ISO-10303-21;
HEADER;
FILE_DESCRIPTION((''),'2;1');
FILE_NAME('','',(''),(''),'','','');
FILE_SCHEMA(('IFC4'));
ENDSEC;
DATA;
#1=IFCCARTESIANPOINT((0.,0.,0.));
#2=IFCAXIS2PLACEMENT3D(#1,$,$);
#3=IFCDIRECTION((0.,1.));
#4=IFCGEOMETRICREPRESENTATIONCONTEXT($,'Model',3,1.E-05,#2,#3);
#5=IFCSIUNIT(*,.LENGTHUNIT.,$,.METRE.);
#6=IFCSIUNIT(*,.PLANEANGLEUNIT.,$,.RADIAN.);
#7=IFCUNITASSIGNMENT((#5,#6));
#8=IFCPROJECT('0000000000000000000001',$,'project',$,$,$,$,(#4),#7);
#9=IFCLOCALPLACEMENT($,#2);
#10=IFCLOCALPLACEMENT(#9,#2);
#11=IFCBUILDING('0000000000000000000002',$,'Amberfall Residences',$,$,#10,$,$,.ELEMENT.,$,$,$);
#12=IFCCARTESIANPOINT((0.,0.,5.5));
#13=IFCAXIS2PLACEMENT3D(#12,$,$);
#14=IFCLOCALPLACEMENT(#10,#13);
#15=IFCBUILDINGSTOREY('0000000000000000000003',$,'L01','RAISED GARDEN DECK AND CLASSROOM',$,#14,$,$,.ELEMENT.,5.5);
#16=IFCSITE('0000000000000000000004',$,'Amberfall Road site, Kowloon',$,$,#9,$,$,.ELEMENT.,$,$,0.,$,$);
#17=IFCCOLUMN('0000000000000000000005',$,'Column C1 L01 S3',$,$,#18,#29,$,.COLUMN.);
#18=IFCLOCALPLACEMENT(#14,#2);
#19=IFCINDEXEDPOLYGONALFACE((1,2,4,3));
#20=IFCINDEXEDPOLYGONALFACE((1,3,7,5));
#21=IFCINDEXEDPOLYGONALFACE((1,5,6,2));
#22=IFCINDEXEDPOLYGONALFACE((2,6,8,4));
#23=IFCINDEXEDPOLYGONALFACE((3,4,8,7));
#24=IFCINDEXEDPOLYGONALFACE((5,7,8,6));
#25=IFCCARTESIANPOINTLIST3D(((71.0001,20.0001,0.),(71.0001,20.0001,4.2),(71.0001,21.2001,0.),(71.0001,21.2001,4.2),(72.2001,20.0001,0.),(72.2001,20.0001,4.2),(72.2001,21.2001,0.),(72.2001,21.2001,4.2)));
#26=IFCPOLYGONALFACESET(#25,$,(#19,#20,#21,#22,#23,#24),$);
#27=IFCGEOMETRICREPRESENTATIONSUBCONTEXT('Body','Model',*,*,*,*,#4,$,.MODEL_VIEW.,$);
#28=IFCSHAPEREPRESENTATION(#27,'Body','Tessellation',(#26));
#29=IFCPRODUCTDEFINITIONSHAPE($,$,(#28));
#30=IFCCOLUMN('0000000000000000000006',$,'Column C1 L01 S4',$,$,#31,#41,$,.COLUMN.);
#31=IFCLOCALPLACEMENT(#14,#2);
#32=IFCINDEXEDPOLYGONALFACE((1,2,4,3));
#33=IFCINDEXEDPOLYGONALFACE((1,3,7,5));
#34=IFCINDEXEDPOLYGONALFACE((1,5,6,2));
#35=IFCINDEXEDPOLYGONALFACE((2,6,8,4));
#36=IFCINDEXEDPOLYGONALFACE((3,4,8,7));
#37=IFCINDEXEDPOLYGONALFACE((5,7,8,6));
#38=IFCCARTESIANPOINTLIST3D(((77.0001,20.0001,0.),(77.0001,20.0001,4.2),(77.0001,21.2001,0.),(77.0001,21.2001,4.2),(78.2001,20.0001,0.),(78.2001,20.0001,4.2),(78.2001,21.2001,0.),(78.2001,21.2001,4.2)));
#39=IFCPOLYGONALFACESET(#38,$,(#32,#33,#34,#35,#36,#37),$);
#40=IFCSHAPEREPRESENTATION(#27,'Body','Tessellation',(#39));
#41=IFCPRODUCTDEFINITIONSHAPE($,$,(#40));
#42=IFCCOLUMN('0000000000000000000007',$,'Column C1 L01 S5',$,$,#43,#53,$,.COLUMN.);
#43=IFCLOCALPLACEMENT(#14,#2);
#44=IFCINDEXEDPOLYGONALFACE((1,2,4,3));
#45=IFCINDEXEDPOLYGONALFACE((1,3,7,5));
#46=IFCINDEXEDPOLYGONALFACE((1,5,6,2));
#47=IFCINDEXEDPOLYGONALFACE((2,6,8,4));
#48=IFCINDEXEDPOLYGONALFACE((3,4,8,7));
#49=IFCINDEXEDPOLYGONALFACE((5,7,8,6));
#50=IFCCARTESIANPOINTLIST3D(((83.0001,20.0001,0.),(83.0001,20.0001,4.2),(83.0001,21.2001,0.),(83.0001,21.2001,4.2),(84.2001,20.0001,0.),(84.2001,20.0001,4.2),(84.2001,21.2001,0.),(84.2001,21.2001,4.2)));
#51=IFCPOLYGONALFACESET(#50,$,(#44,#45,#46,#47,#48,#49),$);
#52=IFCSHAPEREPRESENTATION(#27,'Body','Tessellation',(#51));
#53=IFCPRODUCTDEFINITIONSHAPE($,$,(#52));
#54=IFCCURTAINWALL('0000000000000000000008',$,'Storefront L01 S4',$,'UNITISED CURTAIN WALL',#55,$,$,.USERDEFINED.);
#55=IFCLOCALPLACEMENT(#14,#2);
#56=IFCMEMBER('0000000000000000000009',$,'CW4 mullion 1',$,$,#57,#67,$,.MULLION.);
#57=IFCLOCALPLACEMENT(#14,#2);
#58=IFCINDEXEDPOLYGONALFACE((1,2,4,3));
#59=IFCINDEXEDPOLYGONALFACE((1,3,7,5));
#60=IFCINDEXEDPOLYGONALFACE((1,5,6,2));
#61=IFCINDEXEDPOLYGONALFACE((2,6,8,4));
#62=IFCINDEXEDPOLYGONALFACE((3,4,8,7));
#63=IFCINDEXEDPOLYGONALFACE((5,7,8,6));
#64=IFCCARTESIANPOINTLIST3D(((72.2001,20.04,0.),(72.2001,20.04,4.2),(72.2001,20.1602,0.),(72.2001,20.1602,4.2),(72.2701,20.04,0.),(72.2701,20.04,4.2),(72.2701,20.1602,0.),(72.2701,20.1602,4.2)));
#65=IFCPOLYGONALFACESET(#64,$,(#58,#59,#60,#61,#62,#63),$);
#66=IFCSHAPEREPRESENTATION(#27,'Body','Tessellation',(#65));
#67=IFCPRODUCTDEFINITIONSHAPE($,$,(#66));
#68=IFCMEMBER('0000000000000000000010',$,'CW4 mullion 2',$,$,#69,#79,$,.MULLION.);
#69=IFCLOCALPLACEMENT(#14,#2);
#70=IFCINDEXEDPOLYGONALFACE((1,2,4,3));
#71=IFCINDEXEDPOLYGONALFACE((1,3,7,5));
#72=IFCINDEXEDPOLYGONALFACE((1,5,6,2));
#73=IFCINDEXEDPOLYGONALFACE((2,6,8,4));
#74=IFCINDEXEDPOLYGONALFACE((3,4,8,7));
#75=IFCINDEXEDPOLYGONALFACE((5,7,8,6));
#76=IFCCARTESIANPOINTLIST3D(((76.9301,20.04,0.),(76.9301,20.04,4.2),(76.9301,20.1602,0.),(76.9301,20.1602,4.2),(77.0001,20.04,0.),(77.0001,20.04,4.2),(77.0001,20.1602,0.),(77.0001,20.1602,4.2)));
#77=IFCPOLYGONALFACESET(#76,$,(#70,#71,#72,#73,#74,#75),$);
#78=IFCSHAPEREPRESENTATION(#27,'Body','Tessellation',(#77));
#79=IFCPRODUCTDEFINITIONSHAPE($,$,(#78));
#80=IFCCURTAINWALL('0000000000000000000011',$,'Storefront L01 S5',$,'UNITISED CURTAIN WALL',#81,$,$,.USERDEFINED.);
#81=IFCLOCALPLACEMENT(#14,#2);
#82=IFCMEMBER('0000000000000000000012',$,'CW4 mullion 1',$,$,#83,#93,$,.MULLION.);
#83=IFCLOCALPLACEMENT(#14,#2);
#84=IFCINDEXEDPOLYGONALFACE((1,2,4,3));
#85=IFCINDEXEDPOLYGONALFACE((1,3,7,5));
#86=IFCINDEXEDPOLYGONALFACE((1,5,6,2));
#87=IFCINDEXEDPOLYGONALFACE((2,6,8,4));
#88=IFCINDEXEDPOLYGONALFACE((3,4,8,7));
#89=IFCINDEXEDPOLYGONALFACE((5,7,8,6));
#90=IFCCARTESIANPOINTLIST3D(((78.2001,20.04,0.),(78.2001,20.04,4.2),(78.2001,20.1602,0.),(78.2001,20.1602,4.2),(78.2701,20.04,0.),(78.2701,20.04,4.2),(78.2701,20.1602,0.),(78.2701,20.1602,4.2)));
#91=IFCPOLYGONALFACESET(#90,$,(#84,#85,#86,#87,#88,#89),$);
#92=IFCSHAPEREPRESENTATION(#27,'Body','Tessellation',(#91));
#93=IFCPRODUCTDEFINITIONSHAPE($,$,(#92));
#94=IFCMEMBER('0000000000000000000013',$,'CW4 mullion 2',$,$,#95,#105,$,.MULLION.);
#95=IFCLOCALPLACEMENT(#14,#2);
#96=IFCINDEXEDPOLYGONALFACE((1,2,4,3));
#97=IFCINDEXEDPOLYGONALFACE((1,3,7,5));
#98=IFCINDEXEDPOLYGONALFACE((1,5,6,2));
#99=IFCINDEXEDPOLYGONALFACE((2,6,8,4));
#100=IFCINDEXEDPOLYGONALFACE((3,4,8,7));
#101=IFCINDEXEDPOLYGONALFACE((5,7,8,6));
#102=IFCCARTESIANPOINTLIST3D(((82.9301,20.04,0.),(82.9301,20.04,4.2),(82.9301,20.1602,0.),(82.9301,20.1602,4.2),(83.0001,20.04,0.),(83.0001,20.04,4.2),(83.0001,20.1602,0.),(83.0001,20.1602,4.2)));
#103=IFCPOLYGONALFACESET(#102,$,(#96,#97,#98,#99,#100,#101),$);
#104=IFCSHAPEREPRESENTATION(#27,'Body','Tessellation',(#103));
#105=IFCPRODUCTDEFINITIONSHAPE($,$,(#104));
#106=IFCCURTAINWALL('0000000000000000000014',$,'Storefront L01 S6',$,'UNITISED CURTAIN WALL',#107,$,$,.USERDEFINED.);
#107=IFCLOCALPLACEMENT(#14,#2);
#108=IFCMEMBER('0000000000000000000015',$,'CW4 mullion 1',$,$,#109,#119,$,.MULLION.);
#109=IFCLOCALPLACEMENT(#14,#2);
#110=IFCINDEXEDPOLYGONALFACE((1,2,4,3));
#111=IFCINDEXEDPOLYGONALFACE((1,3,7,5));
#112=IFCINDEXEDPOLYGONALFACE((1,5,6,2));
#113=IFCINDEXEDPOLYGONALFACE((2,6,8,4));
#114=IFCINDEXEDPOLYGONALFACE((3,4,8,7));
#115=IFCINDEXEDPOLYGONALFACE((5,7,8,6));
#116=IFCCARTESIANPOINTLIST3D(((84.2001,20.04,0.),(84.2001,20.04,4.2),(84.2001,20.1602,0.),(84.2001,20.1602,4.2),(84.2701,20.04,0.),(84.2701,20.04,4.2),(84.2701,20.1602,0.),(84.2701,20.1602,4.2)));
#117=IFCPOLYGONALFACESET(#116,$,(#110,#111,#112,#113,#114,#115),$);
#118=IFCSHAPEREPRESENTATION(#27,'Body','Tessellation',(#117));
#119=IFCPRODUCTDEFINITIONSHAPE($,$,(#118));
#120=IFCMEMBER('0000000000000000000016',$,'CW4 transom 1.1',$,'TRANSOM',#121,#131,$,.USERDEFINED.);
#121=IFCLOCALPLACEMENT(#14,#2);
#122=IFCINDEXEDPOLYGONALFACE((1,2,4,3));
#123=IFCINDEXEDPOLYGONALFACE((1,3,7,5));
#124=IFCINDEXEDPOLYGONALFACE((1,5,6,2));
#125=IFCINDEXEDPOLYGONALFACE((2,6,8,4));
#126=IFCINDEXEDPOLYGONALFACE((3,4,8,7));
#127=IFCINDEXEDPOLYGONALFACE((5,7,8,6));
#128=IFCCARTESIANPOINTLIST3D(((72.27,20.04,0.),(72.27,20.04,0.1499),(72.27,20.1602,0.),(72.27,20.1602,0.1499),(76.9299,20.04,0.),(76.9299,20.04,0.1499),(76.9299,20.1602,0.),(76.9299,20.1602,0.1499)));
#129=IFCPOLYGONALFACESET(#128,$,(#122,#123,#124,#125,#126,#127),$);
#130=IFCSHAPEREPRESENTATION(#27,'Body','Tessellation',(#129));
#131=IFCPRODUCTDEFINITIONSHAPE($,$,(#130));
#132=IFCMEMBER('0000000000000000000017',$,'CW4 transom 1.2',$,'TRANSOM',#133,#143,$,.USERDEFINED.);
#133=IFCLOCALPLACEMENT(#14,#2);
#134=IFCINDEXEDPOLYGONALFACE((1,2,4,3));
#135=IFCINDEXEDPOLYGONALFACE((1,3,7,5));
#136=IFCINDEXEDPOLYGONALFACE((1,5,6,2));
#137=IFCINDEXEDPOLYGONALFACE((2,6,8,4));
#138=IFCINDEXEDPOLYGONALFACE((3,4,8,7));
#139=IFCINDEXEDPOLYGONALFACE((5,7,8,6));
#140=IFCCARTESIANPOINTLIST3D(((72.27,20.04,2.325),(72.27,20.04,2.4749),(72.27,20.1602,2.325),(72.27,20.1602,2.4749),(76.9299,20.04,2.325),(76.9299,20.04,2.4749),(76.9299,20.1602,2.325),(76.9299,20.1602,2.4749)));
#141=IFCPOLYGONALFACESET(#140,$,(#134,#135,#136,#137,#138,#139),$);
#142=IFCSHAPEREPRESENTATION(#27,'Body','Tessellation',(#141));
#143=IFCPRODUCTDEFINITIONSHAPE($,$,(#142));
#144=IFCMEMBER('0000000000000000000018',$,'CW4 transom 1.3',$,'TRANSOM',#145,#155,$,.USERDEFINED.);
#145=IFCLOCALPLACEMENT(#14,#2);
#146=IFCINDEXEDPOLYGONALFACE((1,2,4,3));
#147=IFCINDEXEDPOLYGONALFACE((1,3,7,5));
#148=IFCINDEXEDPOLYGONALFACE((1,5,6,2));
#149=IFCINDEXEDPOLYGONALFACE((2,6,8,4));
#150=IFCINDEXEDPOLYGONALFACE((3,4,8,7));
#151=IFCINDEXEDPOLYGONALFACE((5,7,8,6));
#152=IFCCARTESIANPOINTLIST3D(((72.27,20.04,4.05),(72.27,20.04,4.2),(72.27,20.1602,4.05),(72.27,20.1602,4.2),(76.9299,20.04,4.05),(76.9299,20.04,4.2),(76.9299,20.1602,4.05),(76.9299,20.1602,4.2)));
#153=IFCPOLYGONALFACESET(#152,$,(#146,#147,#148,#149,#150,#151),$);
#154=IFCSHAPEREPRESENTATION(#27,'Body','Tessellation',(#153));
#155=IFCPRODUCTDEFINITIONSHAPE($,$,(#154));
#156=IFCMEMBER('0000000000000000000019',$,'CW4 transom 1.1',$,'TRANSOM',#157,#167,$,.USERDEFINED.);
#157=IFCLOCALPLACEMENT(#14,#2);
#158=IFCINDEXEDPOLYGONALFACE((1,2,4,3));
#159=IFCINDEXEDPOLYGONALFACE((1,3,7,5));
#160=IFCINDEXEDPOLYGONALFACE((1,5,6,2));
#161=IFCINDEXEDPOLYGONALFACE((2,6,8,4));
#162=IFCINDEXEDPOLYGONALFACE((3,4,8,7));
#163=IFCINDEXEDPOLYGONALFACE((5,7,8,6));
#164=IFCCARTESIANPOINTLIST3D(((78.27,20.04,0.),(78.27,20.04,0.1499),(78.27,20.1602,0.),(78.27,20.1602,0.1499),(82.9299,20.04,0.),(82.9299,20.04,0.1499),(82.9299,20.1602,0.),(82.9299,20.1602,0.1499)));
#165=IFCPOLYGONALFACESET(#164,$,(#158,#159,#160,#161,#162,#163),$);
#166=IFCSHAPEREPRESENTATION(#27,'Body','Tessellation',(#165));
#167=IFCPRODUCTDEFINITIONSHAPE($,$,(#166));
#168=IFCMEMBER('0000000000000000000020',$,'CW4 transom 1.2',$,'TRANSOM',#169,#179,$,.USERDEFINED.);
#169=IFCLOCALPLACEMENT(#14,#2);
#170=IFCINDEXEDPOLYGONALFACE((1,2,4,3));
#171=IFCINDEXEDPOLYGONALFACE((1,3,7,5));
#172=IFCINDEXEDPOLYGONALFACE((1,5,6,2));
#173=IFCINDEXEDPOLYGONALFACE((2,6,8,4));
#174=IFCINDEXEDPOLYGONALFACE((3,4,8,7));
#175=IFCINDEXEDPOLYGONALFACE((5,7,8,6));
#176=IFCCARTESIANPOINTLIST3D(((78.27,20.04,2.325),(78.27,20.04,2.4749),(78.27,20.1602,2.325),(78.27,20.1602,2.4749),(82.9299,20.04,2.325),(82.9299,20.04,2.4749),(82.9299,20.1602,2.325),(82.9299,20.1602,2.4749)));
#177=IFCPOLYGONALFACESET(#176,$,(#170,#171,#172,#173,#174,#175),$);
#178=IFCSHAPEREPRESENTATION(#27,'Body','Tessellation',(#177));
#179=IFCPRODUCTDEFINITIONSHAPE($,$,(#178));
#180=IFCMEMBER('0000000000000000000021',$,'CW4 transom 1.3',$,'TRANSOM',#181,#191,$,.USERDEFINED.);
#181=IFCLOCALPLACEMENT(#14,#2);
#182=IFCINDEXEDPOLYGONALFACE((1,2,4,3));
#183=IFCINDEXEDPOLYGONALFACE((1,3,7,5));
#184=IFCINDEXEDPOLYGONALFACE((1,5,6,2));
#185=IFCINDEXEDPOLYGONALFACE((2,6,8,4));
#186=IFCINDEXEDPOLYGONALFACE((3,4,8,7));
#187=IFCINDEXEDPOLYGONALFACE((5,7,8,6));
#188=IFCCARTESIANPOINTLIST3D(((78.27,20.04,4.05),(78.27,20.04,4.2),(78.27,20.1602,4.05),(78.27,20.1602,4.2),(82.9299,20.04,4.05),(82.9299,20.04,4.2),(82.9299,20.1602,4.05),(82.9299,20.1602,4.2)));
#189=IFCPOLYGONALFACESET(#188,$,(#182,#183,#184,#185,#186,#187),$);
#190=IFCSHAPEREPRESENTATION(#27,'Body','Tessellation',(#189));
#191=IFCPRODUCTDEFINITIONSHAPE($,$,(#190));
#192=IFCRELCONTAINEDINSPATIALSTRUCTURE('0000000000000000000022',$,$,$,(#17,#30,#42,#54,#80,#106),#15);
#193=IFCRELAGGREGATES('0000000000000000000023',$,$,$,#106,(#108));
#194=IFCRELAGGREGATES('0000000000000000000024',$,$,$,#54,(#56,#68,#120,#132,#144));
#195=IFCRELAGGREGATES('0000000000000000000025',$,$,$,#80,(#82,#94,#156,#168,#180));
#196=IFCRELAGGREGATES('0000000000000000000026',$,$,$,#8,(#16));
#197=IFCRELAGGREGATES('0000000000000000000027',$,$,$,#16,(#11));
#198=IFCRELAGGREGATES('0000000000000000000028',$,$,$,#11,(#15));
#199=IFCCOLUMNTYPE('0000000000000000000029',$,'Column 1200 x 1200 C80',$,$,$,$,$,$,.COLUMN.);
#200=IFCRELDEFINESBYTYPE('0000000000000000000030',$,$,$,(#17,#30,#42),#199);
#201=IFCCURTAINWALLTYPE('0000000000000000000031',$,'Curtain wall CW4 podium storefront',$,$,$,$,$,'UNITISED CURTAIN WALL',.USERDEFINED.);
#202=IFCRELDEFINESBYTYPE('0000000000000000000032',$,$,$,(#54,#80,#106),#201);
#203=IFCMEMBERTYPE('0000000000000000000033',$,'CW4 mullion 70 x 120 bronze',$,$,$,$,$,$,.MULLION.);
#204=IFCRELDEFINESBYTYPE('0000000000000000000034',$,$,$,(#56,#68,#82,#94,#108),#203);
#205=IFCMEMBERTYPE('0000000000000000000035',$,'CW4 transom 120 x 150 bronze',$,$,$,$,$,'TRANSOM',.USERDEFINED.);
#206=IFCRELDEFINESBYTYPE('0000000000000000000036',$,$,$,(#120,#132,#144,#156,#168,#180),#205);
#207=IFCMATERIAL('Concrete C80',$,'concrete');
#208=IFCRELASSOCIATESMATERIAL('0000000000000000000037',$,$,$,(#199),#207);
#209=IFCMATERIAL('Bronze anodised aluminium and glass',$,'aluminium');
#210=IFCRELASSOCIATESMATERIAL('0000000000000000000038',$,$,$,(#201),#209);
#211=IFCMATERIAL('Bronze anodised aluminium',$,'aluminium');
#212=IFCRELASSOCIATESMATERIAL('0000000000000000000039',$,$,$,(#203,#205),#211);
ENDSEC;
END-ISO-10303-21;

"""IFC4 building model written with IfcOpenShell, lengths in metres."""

from ifc_helpers import new_model, si_unit, direction, frame, origin, origin_2d, place, context, subcontext, project, spatial, rectangle, extrude, material, material_profile, profile_set, type_object, element, aggregate, save


model = new_model("IFC4")

# Units and contexts
model_context = context("Model", 3, precision=1e-05, world=origin(), true_north=direction((0.0, 1.0)))
body_context = subcontext(model_context, "Body", "Model", "MODEL_VIEW")
ifc_project = project(units=[si_unit("LENGTHUNIT", "METRE"), si_unit("PLANEANGLEUNIT", "RADIAN")], contexts=[model_context])

# Site, building, storey
site_placement = place(None, origin())
site = spatial("IfcSite", under=ifc_project, at=site_placement, Name="Amberfall Road site, Kowloon", CompositionType="ELEMENT", RefElevation=0.0)
building_placement = place(site_placement, origin())
building = spatial("IfcBuilding", under=site, at=building_placement, Name="Amberfall Residences", CompositionType="ELEMENT")
storey_placement = place(building_placement, frame((0.0, 0.0, 5.5)))
storey = spatial("IfcBuildingStorey", under=building, at=storey_placement, Name="L01", Description="RAISED GARDEN DECK AND CLASSROOM", CompositionType="ELEMENT", Elevation=5.5)

# Columns
ifc_material_1 = material(Name="Concrete C80", Category="concrete")
ifc_material_profile_1 = material_profile(ifc_material_1, rectangle(XDim=1.2, YDim=1.2, at=origin_2d()), Name="Column 1200 x 1200 C80")
ifc_profile_set_1 = profile_set([ifc_material_profile_1], Name="Concrete C80")
column_type = type_object("IfcColumnType", Name="Column 1200 x 1200 C80", PredefinedType="COLUMN", material=ifc_profile_set_1)
for number, where, z_axis, x_axis, name in (
    (1, (71.6001, 20.6001, 0.0), (0.0, 0.0, 1.0), (1.0, 0.0, 0.0), "Column C1 L01 S3"),
    (2, (77.6001, 20.6001, 0.0), (0.0, 0.0, 1.0), (1.0, 0.0, 0.0), "Column C1 L01 S4"),
    (3, (83.6001, 20.6001, 0.0), (0.0, 0.0, 1.0), (1.0, 0.0, 0.0), "Column C1 L01 S5"),
):
    element("IfcColumn", number, at=place(storey_placement, frame(where, z_axis=z_axis, x_axis=x_axis)), inside=storey, type_object=column_type, Name=name, PredefinedType="COLUMN", context=body_context, shape_type="SweptSolid", body=[
        extrude(rectangle(XDim=1.2, YDim=1.2, at=origin_2d()), origin(), (0.0, 0.0, 1.0), 4.2),
    ])

# Curtain walls, members
ifc_material_2 = material(Name="Bronze anodised aluminium and glass", Category="aluminium")
curtain_wall_type = type_object("IfcCurtainWallType", Name="Curtain wall CW4 podium storefront", ElementType="UNITISED CURTAIN WALL", PredefinedType="USERDEFINED", material=ifc_material_2)
curtain_wall_1_placement = place(storey_placement, origin())
curtain_wall_1 = element("IfcCurtainWall", 4, at=curtain_wall_1_placement, inside=storey, type_object=curtain_wall_type, Name="Storefront L01 S4", ObjectType="UNITISED CURTAIN WALL", PredefinedType="USERDEFINED")
ifc_material_3 = material(Name="Bronze anodised aluminium", Category="aluminium")
ifc_material_profile_2 = material_profile(ifc_material_3, rectangle(XDim=0.1201, YDim=0.0701, at=origin_2d()), Name="CW4 mullion 70 x 120 bronze")
ifc_profile_set_2 = profile_set([ifc_material_profile_2], Name="Bronze anodised aluminium")
member_type_1 = type_object("IfcMemberType", Name="CW4 mullion 70 x 120 bronze", PredefinedType="MULLION", material=ifc_profile_set_2)
member_1_placement = place(storey_placement, frame((72.2351, 20.1001, 0.0), z_axis=(0.0, 0.0, 1.0), x_axis=(0.0, 1.0, 0.0)))
member_1 = element("IfcMember", 5, at=member_1_placement, type_object=member_type_1, Name="CW4 mullion 1", PredefinedType="MULLION", context=body_context, shape_type="SweptSolid", body=[
    extrude(rectangle(XDim=0.1201, YDim=0.0701, at=origin_2d()), origin(), (0.0, 0.0, 1.0), 4.2),
])
member_2_placement = place(storey_placement, frame((76.9651, 20.1001, 0.0), z_axis=(0.0, 0.0, 1.0), x_axis=(0.0, 1.0, 0.0)))
member_2 = element("IfcMember", 6, at=member_2_placement, type_object=member_type_1, Name="CW4 mullion 2", PredefinedType="MULLION", context=body_context, shape_type="SweptSolid", body=[
    extrude(rectangle(XDim=0.1201, YDim=0.0701, at=origin_2d()), origin(), (0.0, 0.0, 1.0), 4.2),
])
curtain_wall_2_placement = place(storey_placement, origin())
curtain_wall_2 = element("IfcCurtainWall", 7, at=curtain_wall_2_placement, inside=storey, type_object=curtain_wall_type, Name="Storefront L01 S5", ObjectType="UNITISED CURTAIN WALL", PredefinedType="USERDEFINED")
member_3_placement = place(storey_placement, frame((78.2351, 20.1001, 0.0), z_axis=(0.0, 0.0, 1.0), x_axis=(0.0, 1.0, 0.0)))
member_3 = element("IfcMember", 8, at=member_3_placement, type_object=member_type_1, Name="CW4 mullion 1", PredefinedType="MULLION", context=body_context, shape_type="SweptSolid", body=[
    extrude(rectangle(XDim=0.1201, YDim=0.0701, at=origin_2d()), origin(), (0.0, 0.0, 1.0), 4.2),
])
member_4_placement = place(storey_placement, frame((82.9651, 20.1001, 0.0), z_axis=(0.0, 0.0, 1.0), x_axis=(0.0, 1.0, 0.0)))
member_4 = element("IfcMember", 9, at=member_4_placement, type_object=member_type_1, Name="CW4 mullion 2", PredefinedType="MULLION", context=body_context, shape_type="SweptSolid", body=[
    extrude(rectangle(XDim=0.1201, YDim=0.0701, at=origin_2d()), origin(), (0.0, 0.0, 1.0), 4.2),
])

# Curtain wall, member
curtain_wall_3_placement = place(storey_placement, origin())
curtain_wall_3 = element("IfcCurtainWall", 10, at=curtain_wall_3_placement, inside=storey, type_object=curtain_wall_type, Name="Storefront L01 S6", ObjectType="UNITISED CURTAIN WALL", PredefinedType="USERDEFINED")
member_5_placement = place(storey_placement, frame((84.2351, 20.1001, 0.0), z_axis=(0.0, 0.0, 1.0), x_axis=(0.0, 1.0, 0.0)))
member_5 = element("IfcMember", 11, at=member_5_placement, type_object=member_type_1, Name="CW4 mullion 1", PredefinedType="MULLION", context=body_context, shape_type="SweptSolid", body=[
    extrude(rectangle(XDim=0.1201, YDim=0.0701, at=origin_2d()), origin(), (0.0, 0.0, 1.0), 4.2),
])
aggregate(curtain_wall_3, [member_5])

# Members
ifc_material_profile_3 = material_profile(ifc_material_3, rectangle(XDim=0.1201, YDim=0.1499, at=origin_2d()), Name="CW4 transom 120 x 150 bronze")
ifc_profile_set_3 = profile_set([ifc_material_profile_3], Name="Bronze anodised aluminium")
member_type_2 = type_object("IfcMemberType", Name="CW4 transom 120 x 150 bronze", ElementType="TRANSOM", PredefinedType="USERDEFINED", material=ifc_profile_set_3)
member_6_placement = place(storey_placement, frame((72.27, 20.1001, 0.075), z_axis=(1.0, 0.0, 0.0), x_axis=(0.0, 1.0, 0.0)))
member_6 = element("IfcMember", 12, at=member_6_placement, type_object=member_type_2, Name="CW4 transom 1.1", ObjectType="TRANSOM", PredefinedType="USERDEFINED", context=body_context, shape_type="SweptSolid", body=[
    extrude(rectangle(XDim=0.1201, YDim=0.1499, at=origin_2d()), origin(), (0.0, 0.0, 1.0), 4.6599),
])
member_7_placement = place(storey_placement, frame((72.27, 20.1001, 2.3999), z_axis=(1.0, 0.0, 0.0), x_axis=(0.0, 1.0, 0.0)))
member_7 = element("IfcMember", 13, at=member_7_placement, type_object=member_type_2, Name="CW4 transom 1.2", ObjectType="TRANSOM", PredefinedType="USERDEFINED", context=body_context, shape_type="SweptSolid", body=[
    extrude(rectangle(XDim=0.1201, YDim=0.1499, at=origin_2d()), origin(), (0.0, 0.0, 1.0), 4.6599),
])
member_8_placement = place(storey_placement, frame((72.27, 20.1001, 4.125), z_axis=(1.0, 0.0, 0.0), x_axis=(0.0, 1.0, 0.0)))
member_8 = element("IfcMember", 14, at=member_8_placement, type_object=member_type_2, Name="CW4 transom 1.3", ObjectType="TRANSOM", PredefinedType="USERDEFINED", context=body_context, shape_type="SweptSolid", body=[
    extrude(rectangle(XDim=0.1201, YDim=0.1499, at=origin_2d()), origin(), (0.0, 0.0, 1.0), 4.6599),
])
member_9_placement = place(storey_placement, frame((78.27, 20.1001, 0.075), z_axis=(1.0, 0.0, 0.0), x_axis=(0.0, 1.0, 0.0)))
member_9 = element("IfcMember", 15, at=member_9_placement, type_object=member_type_2, Name="CW4 transom 1.1", ObjectType="TRANSOM", PredefinedType="USERDEFINED", context=body_context, shape_type="SweptSolid", body=[
    extrude(rectangle(XDim=0.1201, YDim=0.1499, at=origin_2d()), origin(), (0.0, 0.0, 1.0), 4.6599),
])
member_10_placement = place(storey_placement, frame((78.27, 20.1001, 2.3999), z_axis=(1.0, 0.0, 0.0), x_axis=(0.0, 1.0, 0.0)))
member_10 = element("IfcMember", 16, at=member_10_placement, type_object=member_type_2, Name="CW4 transom 1.2", ObjectType="TRANSOM", PredefinedType="USERDEFINED", context=body_context, shape_type="SweptSolid", body=[
    extrude(rectangle(XDim=0.1201, YDim=0.1499, at=origin_2d()), origin(), (0.0, 0.0, 1.0), 4.6599),
])
member_11_placement = place(storey_placement, frame((78.27, 20.1001, 4.125), z_axis=(1.0, 0.0, 0.0), x_axis=(0.0, 1.0, 0.0)))
member_11 = element("IfcMember", 17, at=member_11_placement, type_object=member_type_2, Name="CW4 transom 1.3", ObjectType="TRANSOM", PredefinedType="USERDEFINED", context=body_context, shape_type="SweptSolid", body=[
    extrude(rectangle(XDim=0.1201, YDim=0.1499, at=origin_2d()), origin(), (0.0, 0.0, 1.0), 4.6599),
])

aggregate(curtain_wall_1, [member_1, member_2, member_6, member_7, member_8])
aggregate(curtain_wall_2, [member_3, member_4, member_9, member_10, member_11])

save(model, "model.ifc")
